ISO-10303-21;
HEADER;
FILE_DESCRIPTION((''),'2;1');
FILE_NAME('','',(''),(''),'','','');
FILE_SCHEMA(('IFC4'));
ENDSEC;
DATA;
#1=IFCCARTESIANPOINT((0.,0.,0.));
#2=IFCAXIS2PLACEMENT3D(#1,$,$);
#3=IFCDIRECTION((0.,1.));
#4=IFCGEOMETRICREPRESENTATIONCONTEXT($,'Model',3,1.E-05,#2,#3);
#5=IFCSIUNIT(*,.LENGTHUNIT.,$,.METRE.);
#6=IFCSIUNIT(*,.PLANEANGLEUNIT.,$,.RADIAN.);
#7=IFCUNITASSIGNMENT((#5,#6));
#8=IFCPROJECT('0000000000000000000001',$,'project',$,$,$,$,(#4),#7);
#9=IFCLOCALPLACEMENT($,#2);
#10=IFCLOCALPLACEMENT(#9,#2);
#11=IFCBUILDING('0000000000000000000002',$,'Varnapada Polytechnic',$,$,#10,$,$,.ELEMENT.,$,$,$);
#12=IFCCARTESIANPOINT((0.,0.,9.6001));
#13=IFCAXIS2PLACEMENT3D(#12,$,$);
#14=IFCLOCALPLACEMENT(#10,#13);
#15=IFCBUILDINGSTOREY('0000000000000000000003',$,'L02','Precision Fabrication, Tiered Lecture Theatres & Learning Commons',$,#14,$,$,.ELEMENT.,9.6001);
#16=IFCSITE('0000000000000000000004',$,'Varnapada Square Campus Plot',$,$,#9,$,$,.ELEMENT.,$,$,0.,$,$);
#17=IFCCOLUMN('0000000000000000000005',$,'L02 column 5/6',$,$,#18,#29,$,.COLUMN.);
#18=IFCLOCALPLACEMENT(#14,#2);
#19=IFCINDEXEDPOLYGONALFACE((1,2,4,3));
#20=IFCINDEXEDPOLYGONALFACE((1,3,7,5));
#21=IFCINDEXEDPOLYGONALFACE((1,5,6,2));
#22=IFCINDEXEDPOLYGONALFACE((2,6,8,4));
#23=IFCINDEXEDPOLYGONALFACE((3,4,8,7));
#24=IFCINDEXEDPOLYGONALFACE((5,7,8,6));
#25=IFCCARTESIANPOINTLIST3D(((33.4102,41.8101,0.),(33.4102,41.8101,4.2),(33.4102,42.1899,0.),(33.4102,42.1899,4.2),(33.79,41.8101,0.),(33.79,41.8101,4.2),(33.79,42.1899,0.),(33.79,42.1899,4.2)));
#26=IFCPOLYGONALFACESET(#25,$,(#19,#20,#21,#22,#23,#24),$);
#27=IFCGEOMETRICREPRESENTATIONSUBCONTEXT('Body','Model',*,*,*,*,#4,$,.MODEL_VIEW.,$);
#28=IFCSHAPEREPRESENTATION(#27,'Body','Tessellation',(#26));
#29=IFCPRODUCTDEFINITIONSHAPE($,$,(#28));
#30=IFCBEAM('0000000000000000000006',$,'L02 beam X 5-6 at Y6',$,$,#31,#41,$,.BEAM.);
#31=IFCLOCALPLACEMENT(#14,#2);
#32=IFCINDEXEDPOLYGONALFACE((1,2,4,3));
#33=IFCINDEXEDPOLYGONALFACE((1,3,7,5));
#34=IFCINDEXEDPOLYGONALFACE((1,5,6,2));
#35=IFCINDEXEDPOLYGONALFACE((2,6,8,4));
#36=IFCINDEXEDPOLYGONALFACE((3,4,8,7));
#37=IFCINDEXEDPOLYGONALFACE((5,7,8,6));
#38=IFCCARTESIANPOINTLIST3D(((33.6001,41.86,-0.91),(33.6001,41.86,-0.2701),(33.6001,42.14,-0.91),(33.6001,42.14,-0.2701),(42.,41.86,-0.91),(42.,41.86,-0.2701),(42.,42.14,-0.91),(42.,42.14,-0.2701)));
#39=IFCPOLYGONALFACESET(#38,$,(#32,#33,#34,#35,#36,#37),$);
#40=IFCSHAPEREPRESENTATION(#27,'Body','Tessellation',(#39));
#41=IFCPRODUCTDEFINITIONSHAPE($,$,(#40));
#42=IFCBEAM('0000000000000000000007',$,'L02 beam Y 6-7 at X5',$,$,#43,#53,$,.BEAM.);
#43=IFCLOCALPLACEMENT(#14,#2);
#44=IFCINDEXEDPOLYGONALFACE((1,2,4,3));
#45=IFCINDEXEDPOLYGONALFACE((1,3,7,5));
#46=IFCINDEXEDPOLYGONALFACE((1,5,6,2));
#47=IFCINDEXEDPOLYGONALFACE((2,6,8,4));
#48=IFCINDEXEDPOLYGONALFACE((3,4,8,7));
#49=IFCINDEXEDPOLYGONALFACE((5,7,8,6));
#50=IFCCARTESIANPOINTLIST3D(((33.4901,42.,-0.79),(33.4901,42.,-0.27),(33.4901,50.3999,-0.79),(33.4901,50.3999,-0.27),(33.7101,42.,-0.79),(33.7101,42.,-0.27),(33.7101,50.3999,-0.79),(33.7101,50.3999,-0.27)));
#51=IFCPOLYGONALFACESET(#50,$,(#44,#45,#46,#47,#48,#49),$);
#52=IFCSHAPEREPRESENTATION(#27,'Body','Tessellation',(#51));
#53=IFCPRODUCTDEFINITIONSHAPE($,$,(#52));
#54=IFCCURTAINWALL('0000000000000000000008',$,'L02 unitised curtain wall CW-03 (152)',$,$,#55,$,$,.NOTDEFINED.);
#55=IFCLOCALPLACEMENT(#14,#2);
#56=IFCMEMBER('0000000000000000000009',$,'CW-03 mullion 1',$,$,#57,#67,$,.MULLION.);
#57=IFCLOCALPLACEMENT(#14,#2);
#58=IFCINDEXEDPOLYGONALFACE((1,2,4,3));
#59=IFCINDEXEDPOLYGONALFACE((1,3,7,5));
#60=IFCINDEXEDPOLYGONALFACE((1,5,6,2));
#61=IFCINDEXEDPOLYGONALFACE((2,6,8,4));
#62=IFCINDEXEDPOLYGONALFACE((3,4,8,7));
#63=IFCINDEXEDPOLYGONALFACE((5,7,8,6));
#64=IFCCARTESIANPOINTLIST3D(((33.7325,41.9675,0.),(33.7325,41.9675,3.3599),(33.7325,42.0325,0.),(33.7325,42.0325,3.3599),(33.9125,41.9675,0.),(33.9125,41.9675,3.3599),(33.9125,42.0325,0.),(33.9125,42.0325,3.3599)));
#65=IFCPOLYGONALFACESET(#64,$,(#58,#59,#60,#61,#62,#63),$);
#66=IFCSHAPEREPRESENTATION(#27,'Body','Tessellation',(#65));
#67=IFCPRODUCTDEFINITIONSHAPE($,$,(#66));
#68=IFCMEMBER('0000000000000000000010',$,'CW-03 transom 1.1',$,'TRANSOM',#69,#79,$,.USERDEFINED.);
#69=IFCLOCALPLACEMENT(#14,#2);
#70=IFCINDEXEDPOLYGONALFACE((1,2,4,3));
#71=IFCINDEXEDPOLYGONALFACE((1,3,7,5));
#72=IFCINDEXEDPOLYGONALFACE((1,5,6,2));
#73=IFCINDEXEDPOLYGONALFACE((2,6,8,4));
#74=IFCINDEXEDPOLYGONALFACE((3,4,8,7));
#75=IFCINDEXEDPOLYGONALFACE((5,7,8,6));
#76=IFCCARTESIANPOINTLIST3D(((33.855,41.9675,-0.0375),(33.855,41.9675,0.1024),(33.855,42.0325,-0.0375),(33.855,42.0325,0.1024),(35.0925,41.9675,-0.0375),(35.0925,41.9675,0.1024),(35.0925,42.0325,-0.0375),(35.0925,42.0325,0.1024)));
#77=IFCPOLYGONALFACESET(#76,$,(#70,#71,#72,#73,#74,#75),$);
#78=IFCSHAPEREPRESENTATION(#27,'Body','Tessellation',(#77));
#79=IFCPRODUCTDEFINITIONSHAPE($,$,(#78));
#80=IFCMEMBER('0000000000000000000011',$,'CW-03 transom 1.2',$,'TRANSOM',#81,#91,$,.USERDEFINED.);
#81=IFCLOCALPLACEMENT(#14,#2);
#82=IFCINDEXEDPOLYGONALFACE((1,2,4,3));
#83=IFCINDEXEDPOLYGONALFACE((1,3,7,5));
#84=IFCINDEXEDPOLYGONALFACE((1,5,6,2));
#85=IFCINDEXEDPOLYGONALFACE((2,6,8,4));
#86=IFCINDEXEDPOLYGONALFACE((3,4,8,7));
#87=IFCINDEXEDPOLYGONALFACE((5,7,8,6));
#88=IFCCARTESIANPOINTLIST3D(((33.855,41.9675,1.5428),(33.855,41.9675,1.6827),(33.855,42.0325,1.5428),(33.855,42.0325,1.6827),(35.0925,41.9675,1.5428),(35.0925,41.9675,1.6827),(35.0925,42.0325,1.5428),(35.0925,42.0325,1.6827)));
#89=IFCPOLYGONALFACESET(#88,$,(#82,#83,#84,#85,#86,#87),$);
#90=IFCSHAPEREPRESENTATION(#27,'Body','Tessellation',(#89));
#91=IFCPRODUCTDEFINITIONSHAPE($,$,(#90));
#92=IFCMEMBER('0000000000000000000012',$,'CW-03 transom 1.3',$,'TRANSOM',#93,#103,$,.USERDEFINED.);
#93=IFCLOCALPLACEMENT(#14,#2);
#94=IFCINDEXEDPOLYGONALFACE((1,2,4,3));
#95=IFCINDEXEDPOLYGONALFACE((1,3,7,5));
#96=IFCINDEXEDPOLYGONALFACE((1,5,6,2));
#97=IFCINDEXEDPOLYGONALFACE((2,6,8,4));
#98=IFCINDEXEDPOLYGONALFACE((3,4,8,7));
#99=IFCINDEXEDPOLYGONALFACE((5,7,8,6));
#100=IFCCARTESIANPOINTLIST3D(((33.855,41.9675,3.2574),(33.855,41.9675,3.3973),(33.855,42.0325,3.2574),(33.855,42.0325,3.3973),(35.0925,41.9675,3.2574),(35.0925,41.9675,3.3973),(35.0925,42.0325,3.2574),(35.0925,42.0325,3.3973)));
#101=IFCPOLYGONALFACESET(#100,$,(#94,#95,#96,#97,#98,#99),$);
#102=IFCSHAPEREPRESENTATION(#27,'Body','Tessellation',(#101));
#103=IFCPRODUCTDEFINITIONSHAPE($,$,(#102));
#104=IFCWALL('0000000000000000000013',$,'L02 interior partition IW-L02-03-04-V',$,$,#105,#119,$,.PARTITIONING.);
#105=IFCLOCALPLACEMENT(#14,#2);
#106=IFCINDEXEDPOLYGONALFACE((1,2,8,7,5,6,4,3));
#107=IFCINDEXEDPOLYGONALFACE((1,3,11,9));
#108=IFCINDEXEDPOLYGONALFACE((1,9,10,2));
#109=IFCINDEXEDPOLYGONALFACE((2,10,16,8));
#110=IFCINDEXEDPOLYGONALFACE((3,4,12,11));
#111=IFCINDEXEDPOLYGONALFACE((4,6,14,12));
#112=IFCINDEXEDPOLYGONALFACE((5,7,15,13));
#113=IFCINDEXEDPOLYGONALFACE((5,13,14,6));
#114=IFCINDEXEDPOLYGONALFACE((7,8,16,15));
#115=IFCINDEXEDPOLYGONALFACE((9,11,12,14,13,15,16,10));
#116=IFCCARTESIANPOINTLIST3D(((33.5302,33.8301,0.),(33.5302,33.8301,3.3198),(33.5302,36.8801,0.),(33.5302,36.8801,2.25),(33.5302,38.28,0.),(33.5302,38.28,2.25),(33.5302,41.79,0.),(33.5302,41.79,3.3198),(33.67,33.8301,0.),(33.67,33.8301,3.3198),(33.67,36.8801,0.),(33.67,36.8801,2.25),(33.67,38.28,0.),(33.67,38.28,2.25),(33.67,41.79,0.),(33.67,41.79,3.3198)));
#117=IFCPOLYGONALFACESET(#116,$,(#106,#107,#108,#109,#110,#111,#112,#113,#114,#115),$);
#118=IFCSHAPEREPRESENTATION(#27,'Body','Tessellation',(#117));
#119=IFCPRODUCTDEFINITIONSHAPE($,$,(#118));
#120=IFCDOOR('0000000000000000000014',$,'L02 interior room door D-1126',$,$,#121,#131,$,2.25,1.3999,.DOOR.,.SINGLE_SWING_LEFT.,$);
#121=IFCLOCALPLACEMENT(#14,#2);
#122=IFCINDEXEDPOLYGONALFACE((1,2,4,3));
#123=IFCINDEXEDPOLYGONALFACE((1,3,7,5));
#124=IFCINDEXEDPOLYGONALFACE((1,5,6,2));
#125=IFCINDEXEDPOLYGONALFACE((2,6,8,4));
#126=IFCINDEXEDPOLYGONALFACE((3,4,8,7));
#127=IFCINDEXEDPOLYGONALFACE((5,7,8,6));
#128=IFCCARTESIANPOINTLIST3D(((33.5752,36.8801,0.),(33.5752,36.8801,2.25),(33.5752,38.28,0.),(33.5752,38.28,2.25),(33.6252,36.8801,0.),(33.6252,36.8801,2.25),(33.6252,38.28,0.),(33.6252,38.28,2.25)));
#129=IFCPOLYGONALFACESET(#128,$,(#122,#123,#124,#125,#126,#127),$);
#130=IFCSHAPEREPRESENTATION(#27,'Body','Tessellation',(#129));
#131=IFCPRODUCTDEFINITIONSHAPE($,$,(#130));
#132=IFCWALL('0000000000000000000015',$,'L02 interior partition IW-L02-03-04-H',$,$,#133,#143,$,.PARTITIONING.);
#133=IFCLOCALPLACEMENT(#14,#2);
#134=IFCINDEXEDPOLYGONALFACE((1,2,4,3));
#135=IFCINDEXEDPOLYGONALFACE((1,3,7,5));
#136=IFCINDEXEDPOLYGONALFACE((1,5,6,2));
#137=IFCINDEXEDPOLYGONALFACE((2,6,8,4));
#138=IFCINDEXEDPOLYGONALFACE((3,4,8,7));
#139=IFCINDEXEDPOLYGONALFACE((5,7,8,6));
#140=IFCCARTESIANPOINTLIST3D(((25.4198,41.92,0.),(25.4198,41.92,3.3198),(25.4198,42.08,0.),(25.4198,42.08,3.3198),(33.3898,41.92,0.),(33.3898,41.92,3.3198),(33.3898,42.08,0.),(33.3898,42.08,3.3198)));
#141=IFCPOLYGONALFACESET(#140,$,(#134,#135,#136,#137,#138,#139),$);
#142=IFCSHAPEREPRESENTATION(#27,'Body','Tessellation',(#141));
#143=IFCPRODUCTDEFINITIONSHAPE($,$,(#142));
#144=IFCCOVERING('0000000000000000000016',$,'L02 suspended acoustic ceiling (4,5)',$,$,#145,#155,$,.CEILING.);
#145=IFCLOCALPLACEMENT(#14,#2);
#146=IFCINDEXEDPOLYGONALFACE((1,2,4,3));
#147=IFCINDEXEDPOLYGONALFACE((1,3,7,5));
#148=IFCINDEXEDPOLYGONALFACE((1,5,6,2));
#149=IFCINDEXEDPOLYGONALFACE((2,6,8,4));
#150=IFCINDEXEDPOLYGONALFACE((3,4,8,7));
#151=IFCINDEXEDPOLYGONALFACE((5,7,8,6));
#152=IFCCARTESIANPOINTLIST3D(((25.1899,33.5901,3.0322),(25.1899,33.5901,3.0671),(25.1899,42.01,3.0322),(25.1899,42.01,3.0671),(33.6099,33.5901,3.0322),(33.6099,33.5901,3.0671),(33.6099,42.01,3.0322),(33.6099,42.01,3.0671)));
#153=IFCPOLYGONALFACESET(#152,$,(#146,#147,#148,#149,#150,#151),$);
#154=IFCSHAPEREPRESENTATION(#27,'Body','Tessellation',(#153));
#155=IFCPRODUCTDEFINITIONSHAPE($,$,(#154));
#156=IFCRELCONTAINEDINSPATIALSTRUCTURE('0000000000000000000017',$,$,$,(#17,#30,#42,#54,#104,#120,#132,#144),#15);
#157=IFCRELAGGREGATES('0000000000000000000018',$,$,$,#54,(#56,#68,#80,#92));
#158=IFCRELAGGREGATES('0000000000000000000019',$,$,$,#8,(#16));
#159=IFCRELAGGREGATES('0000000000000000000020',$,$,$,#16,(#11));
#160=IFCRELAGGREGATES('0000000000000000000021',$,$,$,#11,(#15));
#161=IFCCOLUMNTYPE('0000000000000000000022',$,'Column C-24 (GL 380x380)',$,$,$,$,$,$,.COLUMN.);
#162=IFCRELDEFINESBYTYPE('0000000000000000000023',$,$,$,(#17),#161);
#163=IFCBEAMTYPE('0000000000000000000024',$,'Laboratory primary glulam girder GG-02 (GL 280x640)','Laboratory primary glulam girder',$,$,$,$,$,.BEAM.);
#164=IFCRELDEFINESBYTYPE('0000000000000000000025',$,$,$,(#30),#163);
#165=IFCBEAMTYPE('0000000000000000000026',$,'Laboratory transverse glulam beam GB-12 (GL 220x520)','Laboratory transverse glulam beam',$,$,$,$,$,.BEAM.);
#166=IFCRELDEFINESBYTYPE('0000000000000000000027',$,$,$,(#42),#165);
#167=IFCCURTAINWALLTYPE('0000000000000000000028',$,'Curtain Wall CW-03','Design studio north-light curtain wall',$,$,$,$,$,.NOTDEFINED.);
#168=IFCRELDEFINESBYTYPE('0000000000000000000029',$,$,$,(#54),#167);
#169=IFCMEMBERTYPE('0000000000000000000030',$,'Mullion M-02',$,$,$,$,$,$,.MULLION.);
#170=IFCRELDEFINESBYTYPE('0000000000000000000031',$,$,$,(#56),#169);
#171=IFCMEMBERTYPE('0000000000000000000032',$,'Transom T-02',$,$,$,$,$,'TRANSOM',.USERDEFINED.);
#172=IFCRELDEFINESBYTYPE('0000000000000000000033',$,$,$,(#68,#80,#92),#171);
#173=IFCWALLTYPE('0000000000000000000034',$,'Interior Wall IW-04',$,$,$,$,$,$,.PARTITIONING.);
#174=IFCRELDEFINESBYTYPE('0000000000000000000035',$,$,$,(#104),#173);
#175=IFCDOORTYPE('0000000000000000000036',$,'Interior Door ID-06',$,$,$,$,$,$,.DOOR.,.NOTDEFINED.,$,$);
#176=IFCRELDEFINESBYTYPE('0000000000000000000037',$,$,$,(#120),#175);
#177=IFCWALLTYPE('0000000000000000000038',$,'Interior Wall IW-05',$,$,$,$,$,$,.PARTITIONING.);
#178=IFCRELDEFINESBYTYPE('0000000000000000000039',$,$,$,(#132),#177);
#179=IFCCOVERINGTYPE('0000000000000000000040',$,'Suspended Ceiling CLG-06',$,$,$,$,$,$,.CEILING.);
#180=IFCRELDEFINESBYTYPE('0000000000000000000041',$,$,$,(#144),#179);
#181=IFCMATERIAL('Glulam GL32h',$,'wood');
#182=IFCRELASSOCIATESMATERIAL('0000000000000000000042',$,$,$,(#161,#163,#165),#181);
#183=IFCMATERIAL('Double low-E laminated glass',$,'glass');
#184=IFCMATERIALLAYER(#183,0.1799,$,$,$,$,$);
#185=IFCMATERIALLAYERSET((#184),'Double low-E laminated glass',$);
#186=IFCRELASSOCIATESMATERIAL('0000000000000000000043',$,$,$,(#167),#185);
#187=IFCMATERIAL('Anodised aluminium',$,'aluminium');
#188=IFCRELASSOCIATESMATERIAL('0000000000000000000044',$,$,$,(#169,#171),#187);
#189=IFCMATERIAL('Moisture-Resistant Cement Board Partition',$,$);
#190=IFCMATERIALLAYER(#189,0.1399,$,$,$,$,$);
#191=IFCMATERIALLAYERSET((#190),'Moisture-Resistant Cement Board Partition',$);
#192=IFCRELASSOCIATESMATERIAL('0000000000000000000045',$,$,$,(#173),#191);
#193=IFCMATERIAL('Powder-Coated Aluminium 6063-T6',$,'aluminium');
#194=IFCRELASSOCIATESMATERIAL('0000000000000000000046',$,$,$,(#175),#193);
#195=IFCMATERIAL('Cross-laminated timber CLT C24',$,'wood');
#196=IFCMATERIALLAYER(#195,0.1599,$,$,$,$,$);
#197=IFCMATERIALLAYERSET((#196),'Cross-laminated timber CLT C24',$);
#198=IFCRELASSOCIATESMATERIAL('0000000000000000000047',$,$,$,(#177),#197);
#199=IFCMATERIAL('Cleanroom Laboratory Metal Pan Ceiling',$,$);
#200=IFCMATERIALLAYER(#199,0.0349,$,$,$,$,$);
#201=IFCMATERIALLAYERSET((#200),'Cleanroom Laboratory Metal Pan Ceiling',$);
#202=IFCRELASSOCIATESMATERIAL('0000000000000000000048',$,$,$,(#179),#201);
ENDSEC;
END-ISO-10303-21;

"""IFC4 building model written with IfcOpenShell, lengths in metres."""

from ifc_helpers import new_model, si_unit, direction, frame, frame_2d, origin, origin_2d, place, context, subcontext, project, spatial, rectangle, extrude, material, layer, layer_set, material_profile, profile_set, type_object, element, fill, aggregate, save


model = new_model("IFC4")

# Units and contexts
model_context = context("Model", 3, precision=1e-05, world=origin(), true_north=direction((0.0, 1.0)))
body_context = subcontext(model_context, "Body", "Model", "MODEL_VIEW")
ifc_project = project(units=[si_unit("LENGTHUNIT", "METRE"), si_unit("PLANEANGLEUNIT", "RADIAN")], contexts=[model_context])

# Site, building, storey
site_placement = place(None, origin())
site = spatial("IfcSite", under=ifc_project, at=site_placement, Name="Varnapada Square Campus Plot", CompositionType="ELEMENT", RefElevation=0.0)
building_placement = place(site_placement, origin())
building = spatial("IfcBuilding", under=site, at=building_placement, Name="Varnapada Polytechnic", CompositionType="ELEMENT")
storey_placement = place(building_placement, frame((0.0, 0.0, 9.6001)))
storey = spatial("IfcBuildingStorey", under=building, at=storey_placement, Name="L02", Description="Precision Fabrication, Tiered Lecture Theatres & Learning Commons", CompositionType="ELEMENT", Elevation=9.6001)

# Column
ifc_material_1 = material(Name="Glulam GL32h", Category="wood")
ifc_material_profile_1 = material_profile(ifc_material_1, rectangle(XDim=0.3799, YDim=0.3799, at=origin_2d()), Name="GL 380x380")
ifc_profile_set_1 = profile_set([ifc_material_profile_1], Name="Glulam GL32h")
column_type = type_object("IfcColumnType", Name="Column C-24 (GL 380x380)", PredefinedType="COLUMN", material=ifc_profile_set_1)
column_placement = place(storey_placement, frame((33.6001, 42.0, 0.0), z_axis=(0.0, 0.0, 1.0), x_axis=(1.0, 0.0, 0.0)))
element("IfcColumn", 1, at=column_placement, inside=storey, type_object=column_type, Name="L02 column 5/6", PredefinedType="COLUMN", context=body_context, shape_type="SweptSolid", body=[
    extrude(rectangle(XDim=0.3799, YDim=0.3799, at=origin_2d()), origin(), (0.0, 0.0, 1.0), 4.2),
])

# Beams
ifc_material_profile_2 = material_profile(ifc_material_1, rectangle(XDim=0.28, YDim=0.6399, at=origin_2d()), Name="GL 280x640")
ifc_profile_set_2 = profile_set([ifc_material_profile_2], Name="Glulam GL32h")
beam_type_1 = type_object("IfcBeamType", Name="Laboratory primary glulam girder GG-02 (GL 280x640)", Description="Laboratory primary glulam girder", PredefinedType="BEAM", material=ifc_profile_set_2)
beam_1_placement = place(storey_placement, frame((33.6001, 42.0, -0.5901), z_axis=(1.0, 0.0, 0.0), x_axis=(0.0, 1.0, 0.0)))
element("IfcBeam", 2, at=beam_1_placement, inside=storey, type_object=beam_type_1, Name="L02 beam X 5-6 at Y6", PredefinedType="BEAM", context=body_context, shape_type="SweptSolid", body=[
    extrude(rectangle(XDim=0.28, YDim=0.6399, at=origin_2d()), origin(), (0.0, 0.0, 1.0), 8.3999),
])
ifc_material_profile_3 = material_profile(ifc_material_1, rectangle(XDim=0.22, YDim=0.52, at=origin_2d()), Name="GL 220x520")
ifc_profile_set_3 = profile_set([ifc_material_profile_3], Name="Glulam GL32h")
beam_type_2 = type_object("IfcBeamType", Name="Laboratory transverse glulam beam GB-12 (GL 220x520)", Description="Laboratory transverse glulam beam", PredefinedType="BEAM", material=ifc_profile_set_3)
beam_2_placement = place(storey_placement, frame((33.6001, 42.0, -0.53), z_axis=(0.0, 1.0, 0.0), x_axis=(-1.0, 0.0, 0.0)))
element("IfcBeam", 3, at=beam_2_placement, inside=storey, type_object=beam_type_2, Name="L02 beam Y 6-7 at X5", PredefinedType="BEAM", context=body_context, shape_type="SweptSolid", body=[
    extrude(rectangle(XDim=0.22, YDim=0.52, at=origin_2d()), origin(), (0.0, 0.0, 1.0), 8.3999),
])

# Curtain wall, members
ifc_material_2 = material(Name="Double low-E laminated glass", Category="glass")
ifc_layer_1 = layer(ifc_material_2, 0.1799)
ifc_layer_set_1 = layer_set([ifc_layer_1], Name="Double low-E laminated glass")
curtain_wall_type = type_object("IfcCurtainWallType", Name="Curtain Wall CW-03", Description="Design studio north-light curtain wall", PredefinedType="NOTDEFINED", material=ifc_layer_set_1)
curtain_wall_placement = place(storey_placement, origin())
curtain_wall = element("IfcCurtainWall", 4, at=curtain_wall_placement, inside=storey, type_object=curtain_wall_type, Name="L02 unitised curtain wall CW-03 (152)", PredefinedType="NOTDEFINED")
ifc_material_3 = material(Name="Anodised aluminium", Category="aluminium")
ifc_material_profile_4 = material_profile(ifc_material_3, rectangle(XDim=0.0649, YDim=0.1799, at=origin_2d()), Name="ALU M65x180")
ifc_profile_set_4 = profile_set([ifc_material_profile_4], Name="Anodised aluminium")
member_type_1 = type_object("IfcMemberType", Name="Mullion M-02", PredefinedType="MULLION", material=ifc_profile_set_4)
member_1_placement = place(storey_placement, frame((33.8225, 42.0, 0.0), z_axis=(0.0, 0.0, 1.0), x_axis=(0.0, 1.0, 0.0)))
member_1 = element("IfcMember", 5, at=member_1_placement, type_object=member_type_1, Name="CW-03 mullion 1", PredefinedType="MULLION", context=body_context, shape_type="SweptSolid", body=[
    extrude(rectangle(XDim=0.0649, YDim=0.1799, at=origin_2d()), origin(), (0.0, 0.0, 1.0), 3.3599),
])
ifc_material_profile_5 = material_profile(ifc_material_3, rectangle(XDim=0.0649, YDim=0.1399, at=origin_2d()), Name="ALU T65x140")
ifc_profile_set_5 = profile_set([ifc_material_profile_5], Name="Anodised aluminium")
member_type_2 = type_object("IfcMemberType", Name="Transom T-02", ElementType="TRANSOM", PredefinedType="USERDEFINED", material=ifc_profile_set_5)
member_2_placement = place(storey_placement, frame((33.855, 42.0, 0.0325), z_axis=(1.0, 0.0, 0.0), x_axis=(0.0, 1.0, 0.0)))
member_2 = element("IfcMember", 6, at=member_2_placement, type_object=member_type_2, Name="CW-03 transom 1.1", ObjectType="TRANSOM", PredefinedType="USERDEFINED", context=body_context, shape_type="SweptSolid", body=[
    extrude(rectangle(XDim=0.0649, YDim=0.1399, at=origin_2d()), origin(), (0.0, 0.0, 1.0), 1.2375),
])
member_3_placement = place(storey_placement, frame((33.855, 42.0, 1.6128), z_axis=(1.0, 0.0, 0.0), x_axis=(0.0, 1.0, 0.0)))
member_3 = element("IfcMember", 7, at=member_3_placement, type_object=member_type_2, Name="CW-03 transom 1.2", ObjectType="TRANSOM", PredefinedType="USERDEFINED", context=body_context, shape_type="SweptSolid", body=[
    extrude(rectangle(XDim=0.0649, YDim=0.1399, at=origin_2d()), origin(), (0.0, 0.0, 1.0), 1.2375),
])
member_4_placement = place(storey_placement, frame((33.855, 42.0, 3.3274), z_axis=(1.0, 0.0, 0.0), x_axis=(0.0, 1.0, 0.0)))
member_4 = element("IfcMember", 8, at=member_4_placement, type_object=member_type_2, Name="CW-03 transom 1.3", ObjectType="TRANSOM", PredefinedType="USERDEFINED", context=body_context, shape_type="SweptSolid", body=[
    extrude(rectangle(XDim=0.0649, YDim=0.1399, at=origin_2d()), origin(), (0.0, 0.0, 1.0), 1.2375),
])
aggregate(curtain_wall, [member_1, member_2, member_3, member_4])

# Wall, opening, door
ifc_material_4 = material(Name="Moisture-Resistant Cement Board Partition")
ifc_layer_2 = layer(ifc_material_4, 0.1399)
ifc_layer_set_2 = layer_set([ifc_layer_2], Name="Moisture-Resistant Cement Board Partition")
wall_type_1 = type_object("IfcWallType", Name="Interior Wall IW-04", PredefinedType="PARTITIONING", material=ifc_layer_set_2)
wall_1_placement = place(storey_placement, frame((33.6001, 33.8301, 0.0), z_axis=(0.0, 0.0, 1.0), x_axis=(0.0, 1.0, 0.0)))
wall_1 = element("IfcWall", 9, at=wall_1_placement, inside=storey, type_object=wall_type_1, Name="L02 interior partition IW-L02-03-04-V", PredefinedType="PARTITIONING", context=body_context, shape_type="SweptSolid", body=[
    extrude(rectangle(XDim=7.96, YDim=0.1399, at=frame_2d((3.98, 0.0))), origin(), (0.0, 0.0, 1.0), 3.3198),
])
opening_placement = place(wall_1_placement, frame((3.05, 0.0, 0.0)))
opening = element("IfcOpeningElement", 10, at=opening_placement, cuts=wall_1, PredefinedType="OPENING", context=body_context, shape_type="SweptSolid", body=[
    extrude(rectangle(XDim=1.3999, YDim=2.25, at=frame_2d((0.7, 1.125))), frame((0.0, 0.0798, 0.0), z_axis=(0.0, -1.0, 0.0), x_axis=(1.0, 0.0, 0.0)), (0.0, 0.0, 1.0), 0.1599),
])
ifc_material_5 = material(Name="Powder-Coated Aluminium 6063-T6", Category="aluminium")
door_type = type_object("IfcDoorType", Name="Interior Door ID-06", OperationType="NOTDEFINED", PredefinedType="DOOR", material=ifc_material_5)
door_placement = place(opening_placement, origin())
door = element("IfcDoor", 11, at=door_placement, inside=storey, type_object=door_type, Name="L02 interior room door D-1126", OperationType="SINGLE_SWING_LEFT", OverallHeight=2.25, OverallWidth=1.3999, PredefinedType="DOOR", context=body_context, shape_type="SweptSolid", body=[
    extrude(rectangle(XDim=1.3999, YDim=2.25, at=frame_2d((0.7, 1.125))), frame((0.0, 0.0249, 0.0), z_axis=(0.0, -1.0, 0.0), x_axis=(1.0, 0.0, 0.0)), (0.0, 0.0, 1.0), 0.05),
])
fill(opening, door)

# Wall
ifc_material_6 = material(Name="Cross-laminated timber CLT C24", Category="wood")
ifc_layer_3 = layer(ifc_material_6, 0.1599)
ifc_layer_set_3 = layer_set([ifc_layer_3], Name="Cross-laminated timber CLT C24")
wall_type_2 = type_object("IfcWallType", Name="Interior Wall IW-05", PredefinedType="PARTITIONING", material=ifc_layer_set_3)
wall_2_placement = place(storey_placement, frame((25.4199, 42.0, 0.0), z_axis=(0.0, 0.0, 1.0), x_axis=(1.0, 0.0, 0.0)))
element("IfcWall", 12, at=wall_2_placement, inside=storey, type_object=wall_type_2, Name="L02 interior partition IW-L02-03-04-H", PredefinedType="PARTITIONING", context=body_context, shape_type="SweptSolid", body=[
    extrude(rectangle(XDim=7.97, YDim=0.1599, at=frame_2d((3.9849, 0.0))), origin(), (0.0, 0.0, 1.0), 3.3198),
])

# Covering
ifc_material_7 = material(Name="Cleanroom Laboratory Metal Pan Ceiling")
ifc_layer_4 = layer(ifc_material_7, 0.0349)
ifc_layer_set_4 = layer_set([ifc_layer_4], Name="Cleanroom Laboratory Metal Pan Ceiling")
covering_type = type_object("IfcCoveringType", Name="Suspended Ceiling CLG-06", PredefinedType="CEILING", material=ifc_layer_set_4)
covering_placement = place(storey_placement, frame((29.3999, 37.8, 3.0322), z_axis=(0.0, 0.0, 1.0), x_axis=(1.0, 0.0, 0.0)))
element("IfcCovering", 13, at=covering_placement, inside=storey, type_object=covering_type, Name="L02 suspended acoustic ceiling (4,5)", PredefinedType="CEILING", context=body_context, shape_type="SweptSolid", body=[
    extrude(rectangle(XDim=8.4199, YDim=8.4199, at=origin_2d()), origin(), (0.0, 0.0, 1.0), 0.0349),
])

save(model, "model.ifc")
